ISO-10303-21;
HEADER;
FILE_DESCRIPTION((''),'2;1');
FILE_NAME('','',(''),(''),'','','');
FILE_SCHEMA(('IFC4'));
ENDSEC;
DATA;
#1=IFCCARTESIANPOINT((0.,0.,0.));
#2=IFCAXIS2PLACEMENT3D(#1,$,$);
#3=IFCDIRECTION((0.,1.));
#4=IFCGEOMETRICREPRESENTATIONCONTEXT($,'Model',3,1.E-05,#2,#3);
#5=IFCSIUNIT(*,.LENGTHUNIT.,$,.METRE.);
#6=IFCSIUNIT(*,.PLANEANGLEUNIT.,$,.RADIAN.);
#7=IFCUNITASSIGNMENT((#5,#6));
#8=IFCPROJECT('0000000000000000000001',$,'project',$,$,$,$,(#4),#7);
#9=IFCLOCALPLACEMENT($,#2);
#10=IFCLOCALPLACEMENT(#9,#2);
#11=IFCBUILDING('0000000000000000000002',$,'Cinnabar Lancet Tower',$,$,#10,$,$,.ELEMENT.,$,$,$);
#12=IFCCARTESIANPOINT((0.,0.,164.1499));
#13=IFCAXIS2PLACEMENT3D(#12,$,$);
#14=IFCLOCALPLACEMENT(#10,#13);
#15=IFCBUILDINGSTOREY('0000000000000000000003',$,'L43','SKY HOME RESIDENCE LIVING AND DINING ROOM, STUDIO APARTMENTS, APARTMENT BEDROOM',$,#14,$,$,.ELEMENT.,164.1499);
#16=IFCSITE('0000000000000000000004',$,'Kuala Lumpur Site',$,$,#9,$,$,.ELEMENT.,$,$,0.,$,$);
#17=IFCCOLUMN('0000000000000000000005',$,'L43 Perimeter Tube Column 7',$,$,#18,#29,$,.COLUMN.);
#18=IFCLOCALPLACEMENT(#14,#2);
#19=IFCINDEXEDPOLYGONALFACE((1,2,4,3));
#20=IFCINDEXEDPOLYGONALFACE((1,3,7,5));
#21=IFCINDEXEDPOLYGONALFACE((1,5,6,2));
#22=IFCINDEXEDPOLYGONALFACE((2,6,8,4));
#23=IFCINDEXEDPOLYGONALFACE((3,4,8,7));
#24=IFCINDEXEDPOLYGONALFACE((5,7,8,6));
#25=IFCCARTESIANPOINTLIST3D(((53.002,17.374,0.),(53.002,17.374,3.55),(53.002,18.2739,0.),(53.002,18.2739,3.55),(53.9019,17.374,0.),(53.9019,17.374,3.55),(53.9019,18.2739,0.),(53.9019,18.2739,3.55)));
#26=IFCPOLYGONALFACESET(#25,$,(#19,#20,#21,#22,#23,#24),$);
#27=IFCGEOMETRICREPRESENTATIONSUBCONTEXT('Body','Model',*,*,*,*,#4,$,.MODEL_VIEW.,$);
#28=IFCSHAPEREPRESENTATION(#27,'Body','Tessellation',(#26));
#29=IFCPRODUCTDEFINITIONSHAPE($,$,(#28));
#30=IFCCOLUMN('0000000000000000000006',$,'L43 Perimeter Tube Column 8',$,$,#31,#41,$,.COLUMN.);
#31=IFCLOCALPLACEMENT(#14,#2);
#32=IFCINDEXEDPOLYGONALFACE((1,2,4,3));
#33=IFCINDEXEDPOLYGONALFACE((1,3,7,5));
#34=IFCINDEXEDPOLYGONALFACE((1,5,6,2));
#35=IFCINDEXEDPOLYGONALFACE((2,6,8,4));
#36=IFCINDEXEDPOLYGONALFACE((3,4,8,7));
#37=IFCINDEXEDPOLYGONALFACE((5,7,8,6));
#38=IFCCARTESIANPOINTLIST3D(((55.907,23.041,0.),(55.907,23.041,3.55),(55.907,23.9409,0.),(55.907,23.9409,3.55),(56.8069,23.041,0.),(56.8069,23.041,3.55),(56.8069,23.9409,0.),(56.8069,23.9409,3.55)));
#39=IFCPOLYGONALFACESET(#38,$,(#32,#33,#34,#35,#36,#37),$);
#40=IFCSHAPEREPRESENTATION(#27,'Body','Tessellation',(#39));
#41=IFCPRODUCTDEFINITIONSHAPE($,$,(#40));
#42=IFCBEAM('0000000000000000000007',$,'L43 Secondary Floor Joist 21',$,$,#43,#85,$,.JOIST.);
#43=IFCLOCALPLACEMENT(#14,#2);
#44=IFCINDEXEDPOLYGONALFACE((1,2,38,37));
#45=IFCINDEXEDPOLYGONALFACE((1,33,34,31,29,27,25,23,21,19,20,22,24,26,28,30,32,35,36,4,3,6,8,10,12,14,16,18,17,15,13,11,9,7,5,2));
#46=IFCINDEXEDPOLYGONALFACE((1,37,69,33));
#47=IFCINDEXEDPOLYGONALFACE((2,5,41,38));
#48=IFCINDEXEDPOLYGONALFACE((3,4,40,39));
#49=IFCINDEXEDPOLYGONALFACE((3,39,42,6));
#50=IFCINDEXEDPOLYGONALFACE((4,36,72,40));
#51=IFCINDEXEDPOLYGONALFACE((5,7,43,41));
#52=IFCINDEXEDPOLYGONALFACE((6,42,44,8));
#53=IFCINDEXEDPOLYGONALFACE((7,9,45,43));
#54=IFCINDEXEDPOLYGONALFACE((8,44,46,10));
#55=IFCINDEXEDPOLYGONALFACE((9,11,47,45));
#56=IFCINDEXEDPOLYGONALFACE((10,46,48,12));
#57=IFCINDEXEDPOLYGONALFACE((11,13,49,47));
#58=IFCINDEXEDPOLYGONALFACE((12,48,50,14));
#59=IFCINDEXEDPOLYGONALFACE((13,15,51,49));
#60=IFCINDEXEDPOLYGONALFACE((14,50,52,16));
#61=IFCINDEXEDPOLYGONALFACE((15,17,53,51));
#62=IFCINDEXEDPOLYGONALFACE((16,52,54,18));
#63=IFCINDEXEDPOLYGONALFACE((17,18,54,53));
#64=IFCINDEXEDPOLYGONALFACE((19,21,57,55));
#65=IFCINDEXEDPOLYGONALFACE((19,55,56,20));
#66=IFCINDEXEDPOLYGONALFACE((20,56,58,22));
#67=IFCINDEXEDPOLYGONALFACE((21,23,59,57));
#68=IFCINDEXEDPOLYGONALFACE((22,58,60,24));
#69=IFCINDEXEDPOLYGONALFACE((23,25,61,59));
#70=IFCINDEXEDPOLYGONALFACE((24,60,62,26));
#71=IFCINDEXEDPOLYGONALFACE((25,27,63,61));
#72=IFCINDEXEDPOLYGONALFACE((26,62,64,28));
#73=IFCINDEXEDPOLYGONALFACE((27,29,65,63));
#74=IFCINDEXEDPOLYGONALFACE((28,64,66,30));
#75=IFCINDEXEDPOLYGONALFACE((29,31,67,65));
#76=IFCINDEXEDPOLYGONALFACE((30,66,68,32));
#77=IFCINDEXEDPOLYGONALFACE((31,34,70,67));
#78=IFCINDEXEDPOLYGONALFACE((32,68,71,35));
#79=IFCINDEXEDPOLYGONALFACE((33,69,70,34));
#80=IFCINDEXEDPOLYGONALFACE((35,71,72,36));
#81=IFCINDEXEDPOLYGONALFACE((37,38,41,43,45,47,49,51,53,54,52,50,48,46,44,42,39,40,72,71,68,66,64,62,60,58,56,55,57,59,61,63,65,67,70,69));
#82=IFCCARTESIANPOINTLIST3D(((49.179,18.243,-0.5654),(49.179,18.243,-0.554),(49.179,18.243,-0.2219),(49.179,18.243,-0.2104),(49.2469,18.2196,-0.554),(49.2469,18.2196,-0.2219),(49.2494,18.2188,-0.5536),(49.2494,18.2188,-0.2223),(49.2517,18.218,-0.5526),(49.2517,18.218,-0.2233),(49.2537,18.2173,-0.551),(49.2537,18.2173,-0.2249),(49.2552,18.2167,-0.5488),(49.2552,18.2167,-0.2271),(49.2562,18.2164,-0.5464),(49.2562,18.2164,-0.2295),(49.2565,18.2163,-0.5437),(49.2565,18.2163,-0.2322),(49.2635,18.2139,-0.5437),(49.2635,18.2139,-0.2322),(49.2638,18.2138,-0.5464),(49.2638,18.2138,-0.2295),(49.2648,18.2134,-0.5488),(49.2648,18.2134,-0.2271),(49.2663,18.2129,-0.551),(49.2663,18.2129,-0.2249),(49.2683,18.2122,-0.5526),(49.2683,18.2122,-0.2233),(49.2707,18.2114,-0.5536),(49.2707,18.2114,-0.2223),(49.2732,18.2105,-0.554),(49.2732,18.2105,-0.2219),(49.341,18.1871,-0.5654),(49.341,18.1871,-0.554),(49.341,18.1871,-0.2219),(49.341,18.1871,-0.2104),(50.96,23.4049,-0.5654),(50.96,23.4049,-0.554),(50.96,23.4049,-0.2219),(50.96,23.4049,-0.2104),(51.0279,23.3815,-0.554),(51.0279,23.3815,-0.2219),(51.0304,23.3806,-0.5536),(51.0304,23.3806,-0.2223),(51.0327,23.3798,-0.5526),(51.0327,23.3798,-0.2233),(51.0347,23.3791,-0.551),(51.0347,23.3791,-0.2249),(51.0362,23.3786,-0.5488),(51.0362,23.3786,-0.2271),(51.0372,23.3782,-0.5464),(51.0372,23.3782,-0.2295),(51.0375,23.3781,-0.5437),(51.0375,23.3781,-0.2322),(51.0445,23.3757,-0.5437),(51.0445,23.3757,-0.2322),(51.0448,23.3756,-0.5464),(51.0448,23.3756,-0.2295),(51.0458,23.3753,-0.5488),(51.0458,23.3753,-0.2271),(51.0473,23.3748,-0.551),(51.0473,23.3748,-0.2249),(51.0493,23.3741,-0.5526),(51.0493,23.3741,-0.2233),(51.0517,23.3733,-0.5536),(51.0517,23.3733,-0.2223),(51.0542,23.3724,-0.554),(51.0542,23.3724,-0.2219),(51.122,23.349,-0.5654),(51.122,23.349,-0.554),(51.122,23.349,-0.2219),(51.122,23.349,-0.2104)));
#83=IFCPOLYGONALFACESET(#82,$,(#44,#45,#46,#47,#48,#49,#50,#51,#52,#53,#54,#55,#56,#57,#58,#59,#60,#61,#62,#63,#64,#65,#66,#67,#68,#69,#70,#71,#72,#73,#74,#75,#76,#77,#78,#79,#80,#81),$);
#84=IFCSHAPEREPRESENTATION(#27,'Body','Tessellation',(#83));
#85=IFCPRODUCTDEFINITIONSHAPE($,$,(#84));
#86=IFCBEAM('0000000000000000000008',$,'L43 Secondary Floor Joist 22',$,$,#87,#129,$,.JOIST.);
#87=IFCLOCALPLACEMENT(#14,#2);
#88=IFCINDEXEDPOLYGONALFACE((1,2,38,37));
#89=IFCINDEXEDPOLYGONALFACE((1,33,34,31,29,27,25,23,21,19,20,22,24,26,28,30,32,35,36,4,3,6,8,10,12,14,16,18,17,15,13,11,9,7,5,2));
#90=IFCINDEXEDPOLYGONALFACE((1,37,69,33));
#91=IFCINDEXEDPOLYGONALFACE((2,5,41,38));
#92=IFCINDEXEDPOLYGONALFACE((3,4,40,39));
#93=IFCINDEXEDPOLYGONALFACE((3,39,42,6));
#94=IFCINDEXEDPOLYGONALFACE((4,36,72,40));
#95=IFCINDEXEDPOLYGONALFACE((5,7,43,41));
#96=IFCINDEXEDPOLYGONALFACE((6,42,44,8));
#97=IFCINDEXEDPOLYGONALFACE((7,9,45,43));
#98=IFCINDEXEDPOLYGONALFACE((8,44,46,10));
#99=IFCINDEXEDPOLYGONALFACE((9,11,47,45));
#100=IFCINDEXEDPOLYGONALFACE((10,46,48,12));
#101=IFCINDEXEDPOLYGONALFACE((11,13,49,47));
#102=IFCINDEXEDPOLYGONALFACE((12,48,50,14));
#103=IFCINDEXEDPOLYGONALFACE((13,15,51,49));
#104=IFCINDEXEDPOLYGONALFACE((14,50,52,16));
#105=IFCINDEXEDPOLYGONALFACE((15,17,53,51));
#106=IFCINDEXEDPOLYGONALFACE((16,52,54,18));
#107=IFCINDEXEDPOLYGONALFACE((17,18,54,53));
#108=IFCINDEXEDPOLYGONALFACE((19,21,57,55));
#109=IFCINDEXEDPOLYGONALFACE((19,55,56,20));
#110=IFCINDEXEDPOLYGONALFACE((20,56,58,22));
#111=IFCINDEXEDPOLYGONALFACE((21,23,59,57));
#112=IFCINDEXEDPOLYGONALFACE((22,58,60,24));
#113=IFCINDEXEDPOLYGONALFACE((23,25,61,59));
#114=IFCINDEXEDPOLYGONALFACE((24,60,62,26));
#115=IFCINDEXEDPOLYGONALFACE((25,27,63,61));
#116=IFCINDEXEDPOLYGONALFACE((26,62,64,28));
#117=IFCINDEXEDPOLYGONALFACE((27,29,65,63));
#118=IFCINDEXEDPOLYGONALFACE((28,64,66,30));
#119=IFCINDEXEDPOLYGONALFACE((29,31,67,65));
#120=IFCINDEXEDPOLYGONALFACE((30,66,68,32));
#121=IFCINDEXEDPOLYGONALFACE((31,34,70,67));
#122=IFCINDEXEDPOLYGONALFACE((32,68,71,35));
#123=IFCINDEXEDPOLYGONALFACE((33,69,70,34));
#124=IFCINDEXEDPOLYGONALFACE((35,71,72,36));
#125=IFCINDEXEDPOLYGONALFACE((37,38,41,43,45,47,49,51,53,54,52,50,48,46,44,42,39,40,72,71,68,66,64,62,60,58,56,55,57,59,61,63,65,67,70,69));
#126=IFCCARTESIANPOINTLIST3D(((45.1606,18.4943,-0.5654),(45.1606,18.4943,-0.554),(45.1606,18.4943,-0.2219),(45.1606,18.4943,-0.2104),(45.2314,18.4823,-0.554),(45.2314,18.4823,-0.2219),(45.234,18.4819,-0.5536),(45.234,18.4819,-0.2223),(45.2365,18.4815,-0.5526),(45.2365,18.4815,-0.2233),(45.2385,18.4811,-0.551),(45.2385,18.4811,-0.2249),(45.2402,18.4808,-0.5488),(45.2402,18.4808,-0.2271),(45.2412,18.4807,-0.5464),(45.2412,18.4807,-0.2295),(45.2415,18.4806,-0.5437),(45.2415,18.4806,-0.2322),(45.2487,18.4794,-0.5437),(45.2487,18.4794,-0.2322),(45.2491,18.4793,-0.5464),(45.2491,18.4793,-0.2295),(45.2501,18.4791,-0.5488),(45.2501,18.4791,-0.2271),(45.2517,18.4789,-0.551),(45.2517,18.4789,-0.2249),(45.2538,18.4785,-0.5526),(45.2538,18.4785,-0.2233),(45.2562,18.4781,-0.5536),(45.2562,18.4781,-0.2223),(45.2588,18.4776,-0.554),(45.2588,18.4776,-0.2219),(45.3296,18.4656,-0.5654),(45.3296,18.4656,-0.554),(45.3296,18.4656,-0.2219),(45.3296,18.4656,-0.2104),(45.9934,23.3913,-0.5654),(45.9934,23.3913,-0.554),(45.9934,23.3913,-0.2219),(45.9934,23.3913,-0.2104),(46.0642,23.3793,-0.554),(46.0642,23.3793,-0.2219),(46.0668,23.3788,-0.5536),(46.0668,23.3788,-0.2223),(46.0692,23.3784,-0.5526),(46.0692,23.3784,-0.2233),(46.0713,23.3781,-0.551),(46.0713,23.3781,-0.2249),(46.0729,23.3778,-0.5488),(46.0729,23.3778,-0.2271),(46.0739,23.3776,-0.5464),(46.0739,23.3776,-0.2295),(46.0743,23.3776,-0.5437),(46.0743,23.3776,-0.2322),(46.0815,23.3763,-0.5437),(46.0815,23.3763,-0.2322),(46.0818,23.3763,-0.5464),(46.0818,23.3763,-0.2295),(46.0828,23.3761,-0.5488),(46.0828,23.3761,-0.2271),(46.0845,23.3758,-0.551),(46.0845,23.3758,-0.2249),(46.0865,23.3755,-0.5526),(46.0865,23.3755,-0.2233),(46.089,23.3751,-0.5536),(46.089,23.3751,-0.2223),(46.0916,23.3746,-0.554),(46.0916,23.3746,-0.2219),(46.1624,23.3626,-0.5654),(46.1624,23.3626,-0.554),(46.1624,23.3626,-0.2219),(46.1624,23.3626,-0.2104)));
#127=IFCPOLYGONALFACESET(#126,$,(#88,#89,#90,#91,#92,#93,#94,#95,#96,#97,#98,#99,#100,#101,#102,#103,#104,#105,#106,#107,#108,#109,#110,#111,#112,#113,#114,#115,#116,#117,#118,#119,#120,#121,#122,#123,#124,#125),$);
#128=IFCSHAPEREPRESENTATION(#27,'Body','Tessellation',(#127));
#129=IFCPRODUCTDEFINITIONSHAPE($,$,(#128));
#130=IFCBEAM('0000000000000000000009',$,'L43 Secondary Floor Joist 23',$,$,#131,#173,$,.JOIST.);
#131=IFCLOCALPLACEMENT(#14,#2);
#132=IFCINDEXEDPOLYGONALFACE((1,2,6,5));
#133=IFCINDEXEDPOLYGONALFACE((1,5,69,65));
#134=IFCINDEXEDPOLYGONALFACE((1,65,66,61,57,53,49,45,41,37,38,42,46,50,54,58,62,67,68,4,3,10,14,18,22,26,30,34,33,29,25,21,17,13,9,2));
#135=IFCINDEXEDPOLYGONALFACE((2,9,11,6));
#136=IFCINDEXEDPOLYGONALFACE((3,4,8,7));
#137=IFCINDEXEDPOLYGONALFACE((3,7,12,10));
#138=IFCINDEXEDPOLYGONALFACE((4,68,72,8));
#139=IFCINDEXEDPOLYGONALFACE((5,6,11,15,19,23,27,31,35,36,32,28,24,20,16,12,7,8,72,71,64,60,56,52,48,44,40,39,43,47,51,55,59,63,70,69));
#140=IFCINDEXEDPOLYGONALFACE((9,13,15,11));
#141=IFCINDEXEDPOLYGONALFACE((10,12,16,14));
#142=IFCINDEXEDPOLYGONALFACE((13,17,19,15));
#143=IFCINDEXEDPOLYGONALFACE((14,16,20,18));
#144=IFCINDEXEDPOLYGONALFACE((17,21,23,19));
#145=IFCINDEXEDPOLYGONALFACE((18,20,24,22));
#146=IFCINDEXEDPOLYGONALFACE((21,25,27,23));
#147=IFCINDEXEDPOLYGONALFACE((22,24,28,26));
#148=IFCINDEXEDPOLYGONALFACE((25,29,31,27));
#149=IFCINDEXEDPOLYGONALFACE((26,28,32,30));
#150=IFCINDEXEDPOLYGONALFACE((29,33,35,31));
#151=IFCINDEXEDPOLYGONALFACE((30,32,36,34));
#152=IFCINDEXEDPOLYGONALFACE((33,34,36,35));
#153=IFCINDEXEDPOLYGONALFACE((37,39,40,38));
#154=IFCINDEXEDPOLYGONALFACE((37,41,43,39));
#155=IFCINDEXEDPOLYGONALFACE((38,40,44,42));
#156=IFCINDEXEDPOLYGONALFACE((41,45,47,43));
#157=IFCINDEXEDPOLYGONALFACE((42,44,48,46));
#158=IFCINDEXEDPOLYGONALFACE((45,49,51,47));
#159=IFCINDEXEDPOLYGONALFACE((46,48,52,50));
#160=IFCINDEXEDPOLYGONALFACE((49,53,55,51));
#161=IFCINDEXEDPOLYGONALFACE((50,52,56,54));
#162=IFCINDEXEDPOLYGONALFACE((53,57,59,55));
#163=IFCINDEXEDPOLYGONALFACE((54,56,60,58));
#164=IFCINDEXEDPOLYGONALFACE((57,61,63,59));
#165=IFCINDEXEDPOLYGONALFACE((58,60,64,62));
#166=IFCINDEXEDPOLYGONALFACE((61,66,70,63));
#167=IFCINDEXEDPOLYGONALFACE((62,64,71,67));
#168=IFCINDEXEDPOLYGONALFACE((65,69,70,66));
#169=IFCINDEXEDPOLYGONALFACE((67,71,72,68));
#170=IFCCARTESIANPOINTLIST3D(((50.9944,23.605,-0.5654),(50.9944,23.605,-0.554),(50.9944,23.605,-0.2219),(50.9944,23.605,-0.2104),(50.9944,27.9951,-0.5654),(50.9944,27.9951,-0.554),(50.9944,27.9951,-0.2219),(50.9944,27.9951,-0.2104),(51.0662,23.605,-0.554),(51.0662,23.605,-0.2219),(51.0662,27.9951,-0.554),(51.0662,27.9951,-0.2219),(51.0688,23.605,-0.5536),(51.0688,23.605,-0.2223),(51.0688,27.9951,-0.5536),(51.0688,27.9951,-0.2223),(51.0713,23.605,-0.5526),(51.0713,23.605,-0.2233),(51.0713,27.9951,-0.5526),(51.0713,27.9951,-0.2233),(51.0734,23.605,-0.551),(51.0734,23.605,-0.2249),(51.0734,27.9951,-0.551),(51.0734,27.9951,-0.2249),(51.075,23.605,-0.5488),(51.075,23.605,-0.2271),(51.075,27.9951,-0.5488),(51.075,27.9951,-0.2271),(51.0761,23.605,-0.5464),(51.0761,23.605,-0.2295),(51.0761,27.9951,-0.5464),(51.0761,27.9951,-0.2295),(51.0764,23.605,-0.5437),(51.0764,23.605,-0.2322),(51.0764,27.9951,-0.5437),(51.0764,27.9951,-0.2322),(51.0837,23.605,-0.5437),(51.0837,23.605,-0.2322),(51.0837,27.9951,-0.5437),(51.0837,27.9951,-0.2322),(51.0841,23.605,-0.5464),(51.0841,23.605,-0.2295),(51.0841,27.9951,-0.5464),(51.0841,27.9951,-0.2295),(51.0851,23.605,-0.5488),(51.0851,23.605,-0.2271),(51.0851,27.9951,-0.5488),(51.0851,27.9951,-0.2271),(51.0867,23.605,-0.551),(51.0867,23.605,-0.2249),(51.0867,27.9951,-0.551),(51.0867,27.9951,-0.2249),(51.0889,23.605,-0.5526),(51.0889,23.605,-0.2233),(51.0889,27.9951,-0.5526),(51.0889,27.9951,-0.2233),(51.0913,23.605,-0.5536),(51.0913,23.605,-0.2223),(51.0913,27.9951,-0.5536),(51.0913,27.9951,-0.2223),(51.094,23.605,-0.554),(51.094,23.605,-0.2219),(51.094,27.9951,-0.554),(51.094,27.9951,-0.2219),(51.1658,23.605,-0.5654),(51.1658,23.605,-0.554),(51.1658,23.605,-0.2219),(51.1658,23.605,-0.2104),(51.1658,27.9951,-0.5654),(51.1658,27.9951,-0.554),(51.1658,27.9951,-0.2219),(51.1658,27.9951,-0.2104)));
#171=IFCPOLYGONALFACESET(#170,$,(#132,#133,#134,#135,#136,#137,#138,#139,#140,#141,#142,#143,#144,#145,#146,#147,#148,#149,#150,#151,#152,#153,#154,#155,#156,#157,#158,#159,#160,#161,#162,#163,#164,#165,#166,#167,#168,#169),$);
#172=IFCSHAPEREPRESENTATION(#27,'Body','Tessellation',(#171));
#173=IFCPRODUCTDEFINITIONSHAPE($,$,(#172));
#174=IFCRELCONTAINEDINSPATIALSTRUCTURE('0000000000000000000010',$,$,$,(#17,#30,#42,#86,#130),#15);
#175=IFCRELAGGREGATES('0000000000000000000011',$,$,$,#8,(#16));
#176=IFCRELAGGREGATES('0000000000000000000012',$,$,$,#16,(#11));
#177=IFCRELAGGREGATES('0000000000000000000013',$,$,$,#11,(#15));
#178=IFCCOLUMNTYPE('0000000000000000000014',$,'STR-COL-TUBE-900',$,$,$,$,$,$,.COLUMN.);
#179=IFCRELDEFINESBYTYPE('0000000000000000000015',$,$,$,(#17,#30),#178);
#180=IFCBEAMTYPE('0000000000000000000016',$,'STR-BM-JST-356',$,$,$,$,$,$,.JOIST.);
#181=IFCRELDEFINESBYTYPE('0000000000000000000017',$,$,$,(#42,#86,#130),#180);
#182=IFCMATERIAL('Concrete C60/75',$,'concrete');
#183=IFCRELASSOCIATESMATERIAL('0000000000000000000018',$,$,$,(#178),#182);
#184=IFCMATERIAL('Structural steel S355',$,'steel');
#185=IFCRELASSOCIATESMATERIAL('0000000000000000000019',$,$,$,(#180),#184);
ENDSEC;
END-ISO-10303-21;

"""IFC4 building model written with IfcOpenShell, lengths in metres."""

from ifc_helpers import new_model, si_unit, direction, frame, origin, origin_2d, place, context, subcontext, project, spatial, rectangle, i_section, extrude, material, material_profile, profile_set, type_object, element, save


model = new_model("IFC4")

# Units and contexts
model_context = context("Model", 3, precision=1e-05, world=origin(), true_north=direction((0.0, 1.0)))
body_context = subcontext(model_context, "Body", "Model", "MODEL_VIEW")
ifc_project = project(units=[si_unit("LENGTHUNIT", "METRE"), si_unit("PLANEANGLEUNIT", "RADIAN")], contexts=[model_context])

# Site, building, storey
site_placement = place(None, origin())
site = spatial("IfcSite", under=ifc_project, at=site_placement, Name="Kuala Lumpur Site", CompositionType="ELEMENT", RefElevation=0.0)
building_placement = place(site_placement, origin())
building = spatial("IfcBuilding", under=site, at=building_placement, Name="Cinnabar Lancet Tower", CompositionType="ELEMENT")
storey_placement = place(building_placement, frame((0.0, 0.0, 164.1499)))
storey = spatial("IfcBuildingStorey", under=building, at=storey_placement, Name="L43", Description="SKY HOME RESIDENCE LIVING AND DINING ROOM, STUDIO APARTMENTS, APARTMENT BEDROOM", CompositionType="ELEMENT", Elevation=164.1499)

# Columns
ifc_material_1 = material(Name="Concrete C60/75", Category="concrete")
ifc_material_profile_1 = material_profile(ifc_material_1, rectangle(XDim=0.8999, YDim=0.8999, at=origin_2d()), Name="RC-COL 900x900")
ifc_profile_set_1 = profile_set([ifc_material_profile_1], Name="Concrete C60/75")
column_type = type_object("IfcColumnType", Name="STR-COL-TUBE-900", PredefinedType="COLUMN", material=ifc_profile_set_1)
for number, where, z_axis, x_axis, name in (
    (1, (53.4519, 17.824, 0.0), (0.0, 0.0, 1.0), (1.0, 0.0, 0.0), "L43 Perimeter Tube Column 7"),
    (2, (56.3569, 23.491, 0.0), (0.0, 0.0, 1.0), (1.0, 0.0, 0.0), "L43 Perimeter Tube Column 8"),
):
    element("IfcColumn", number, at=place(storey_placement, frame(where, z_axis=z_axis, x_axis=x_axis)), inside=storey, type_object=column_type, Name=name, PredefinedType="COLUMN", context=body_context, shape_type="SweptSolid", body=[
        extrude(rectangle(XDim=0.8999, YDim=0.8999, at=origin_2d()), origin(), (0.0, 0.0, 1.0), 3.55),
    ])

# Beams
ifc_material_2 = material(Name="Structural steel S355", Category="steel")
ifc_material_profile_2 = material_profile(ifc_material_2, i_section(OverallWidth=0.1714, OverallDepth=0.355, WebThickness=0.0073, FlangeThickness=0.0115, FilletRadius=0.0103, at=origin_2d()), Name="UKB 356x171x51")
ifc_profile_set_2 = profile_set([ifc_material_profile_2], Name="Structural steel S355")
beam_type_1 = type_object("IfcBeamType", Name="STR-BM-JST-356", PredefinedType="JOIST", material=ifc_profile_set_2)
beam_1_placement = place(storey_placement, frame((49.26, 18.2151, -0.3879), z_axis=(0.326163, 0.945314, 0.0), x_axis=(-0.945314, 0.326163, 0.0)))
element("IfcBeam", 3, at=beam_1_placement, inside=storey, type_object=beam_type_1, Name="L43 Secondary Floor Joist 21", PredefinedType="JOIST", context=body_context, shape_type="SweptSolid", body=[
    extrude(i_section(OverallWidth=0.1714, OverallDepth=0.355, WebThickness=0.0073, FlangeThickness=0.0115, FilletRadius=0.0103, at=origin_2d()), origin(), (0.0, 0.0, 1.0), 5.4604),
])
beam_2_placement = place(storey_placement, frame((45.2451, 18.48, -0.3879), z_axis=(0.16765, 0.985847, 0.0), x_axis=(-0.985847, 0.16765, 0.0)))
element("IfcBeam", 4, at=beam_2_placement, inside=storey, type_object=beam_type_1, Name="L43 Secondary Floor Joist 22", PredefinedType="JOIST", context=body_context, shape_type="SweptSolid", body=[
    extrude(i_section(OverallWidth=0.1714, OverallDepth=0.355, WebThickness=0.0073, FlangeThickness=0.0115, FilletRadius=0.0103, at=origin_2d()), origin(), (0.0, 0.0, 1.0), 4.9673),
])
for number, where, z_axis, x_axis, name in (
    (5, (51.0801, 23.605, -0.3879), (0.0, 1.0, 0.0), (-1.0, 0.0, 0.0), "L43 Secondary Floor Joist 23"),
):
    element("IfcBeam", number, at=place(storey_placement, frame(where, z_axis=z_axis, x_axis=x_axis)), inside=storey, type_object=beam_type_1, Name=name, PredefinedType="JOIST", context=body_context, shape_type="SweptSolid", body=[
        extrude(i_section(OverallWidth=0.1714, OverallDepth=0.355, WebThickness=0.0073, FlangeThickness=0.0115, FilletRadius=0.0103, at=origin_2d()), origin(), (0.0, 0.0, 1.0), 4.3901),
    ])

save(model, "model.ifc")
